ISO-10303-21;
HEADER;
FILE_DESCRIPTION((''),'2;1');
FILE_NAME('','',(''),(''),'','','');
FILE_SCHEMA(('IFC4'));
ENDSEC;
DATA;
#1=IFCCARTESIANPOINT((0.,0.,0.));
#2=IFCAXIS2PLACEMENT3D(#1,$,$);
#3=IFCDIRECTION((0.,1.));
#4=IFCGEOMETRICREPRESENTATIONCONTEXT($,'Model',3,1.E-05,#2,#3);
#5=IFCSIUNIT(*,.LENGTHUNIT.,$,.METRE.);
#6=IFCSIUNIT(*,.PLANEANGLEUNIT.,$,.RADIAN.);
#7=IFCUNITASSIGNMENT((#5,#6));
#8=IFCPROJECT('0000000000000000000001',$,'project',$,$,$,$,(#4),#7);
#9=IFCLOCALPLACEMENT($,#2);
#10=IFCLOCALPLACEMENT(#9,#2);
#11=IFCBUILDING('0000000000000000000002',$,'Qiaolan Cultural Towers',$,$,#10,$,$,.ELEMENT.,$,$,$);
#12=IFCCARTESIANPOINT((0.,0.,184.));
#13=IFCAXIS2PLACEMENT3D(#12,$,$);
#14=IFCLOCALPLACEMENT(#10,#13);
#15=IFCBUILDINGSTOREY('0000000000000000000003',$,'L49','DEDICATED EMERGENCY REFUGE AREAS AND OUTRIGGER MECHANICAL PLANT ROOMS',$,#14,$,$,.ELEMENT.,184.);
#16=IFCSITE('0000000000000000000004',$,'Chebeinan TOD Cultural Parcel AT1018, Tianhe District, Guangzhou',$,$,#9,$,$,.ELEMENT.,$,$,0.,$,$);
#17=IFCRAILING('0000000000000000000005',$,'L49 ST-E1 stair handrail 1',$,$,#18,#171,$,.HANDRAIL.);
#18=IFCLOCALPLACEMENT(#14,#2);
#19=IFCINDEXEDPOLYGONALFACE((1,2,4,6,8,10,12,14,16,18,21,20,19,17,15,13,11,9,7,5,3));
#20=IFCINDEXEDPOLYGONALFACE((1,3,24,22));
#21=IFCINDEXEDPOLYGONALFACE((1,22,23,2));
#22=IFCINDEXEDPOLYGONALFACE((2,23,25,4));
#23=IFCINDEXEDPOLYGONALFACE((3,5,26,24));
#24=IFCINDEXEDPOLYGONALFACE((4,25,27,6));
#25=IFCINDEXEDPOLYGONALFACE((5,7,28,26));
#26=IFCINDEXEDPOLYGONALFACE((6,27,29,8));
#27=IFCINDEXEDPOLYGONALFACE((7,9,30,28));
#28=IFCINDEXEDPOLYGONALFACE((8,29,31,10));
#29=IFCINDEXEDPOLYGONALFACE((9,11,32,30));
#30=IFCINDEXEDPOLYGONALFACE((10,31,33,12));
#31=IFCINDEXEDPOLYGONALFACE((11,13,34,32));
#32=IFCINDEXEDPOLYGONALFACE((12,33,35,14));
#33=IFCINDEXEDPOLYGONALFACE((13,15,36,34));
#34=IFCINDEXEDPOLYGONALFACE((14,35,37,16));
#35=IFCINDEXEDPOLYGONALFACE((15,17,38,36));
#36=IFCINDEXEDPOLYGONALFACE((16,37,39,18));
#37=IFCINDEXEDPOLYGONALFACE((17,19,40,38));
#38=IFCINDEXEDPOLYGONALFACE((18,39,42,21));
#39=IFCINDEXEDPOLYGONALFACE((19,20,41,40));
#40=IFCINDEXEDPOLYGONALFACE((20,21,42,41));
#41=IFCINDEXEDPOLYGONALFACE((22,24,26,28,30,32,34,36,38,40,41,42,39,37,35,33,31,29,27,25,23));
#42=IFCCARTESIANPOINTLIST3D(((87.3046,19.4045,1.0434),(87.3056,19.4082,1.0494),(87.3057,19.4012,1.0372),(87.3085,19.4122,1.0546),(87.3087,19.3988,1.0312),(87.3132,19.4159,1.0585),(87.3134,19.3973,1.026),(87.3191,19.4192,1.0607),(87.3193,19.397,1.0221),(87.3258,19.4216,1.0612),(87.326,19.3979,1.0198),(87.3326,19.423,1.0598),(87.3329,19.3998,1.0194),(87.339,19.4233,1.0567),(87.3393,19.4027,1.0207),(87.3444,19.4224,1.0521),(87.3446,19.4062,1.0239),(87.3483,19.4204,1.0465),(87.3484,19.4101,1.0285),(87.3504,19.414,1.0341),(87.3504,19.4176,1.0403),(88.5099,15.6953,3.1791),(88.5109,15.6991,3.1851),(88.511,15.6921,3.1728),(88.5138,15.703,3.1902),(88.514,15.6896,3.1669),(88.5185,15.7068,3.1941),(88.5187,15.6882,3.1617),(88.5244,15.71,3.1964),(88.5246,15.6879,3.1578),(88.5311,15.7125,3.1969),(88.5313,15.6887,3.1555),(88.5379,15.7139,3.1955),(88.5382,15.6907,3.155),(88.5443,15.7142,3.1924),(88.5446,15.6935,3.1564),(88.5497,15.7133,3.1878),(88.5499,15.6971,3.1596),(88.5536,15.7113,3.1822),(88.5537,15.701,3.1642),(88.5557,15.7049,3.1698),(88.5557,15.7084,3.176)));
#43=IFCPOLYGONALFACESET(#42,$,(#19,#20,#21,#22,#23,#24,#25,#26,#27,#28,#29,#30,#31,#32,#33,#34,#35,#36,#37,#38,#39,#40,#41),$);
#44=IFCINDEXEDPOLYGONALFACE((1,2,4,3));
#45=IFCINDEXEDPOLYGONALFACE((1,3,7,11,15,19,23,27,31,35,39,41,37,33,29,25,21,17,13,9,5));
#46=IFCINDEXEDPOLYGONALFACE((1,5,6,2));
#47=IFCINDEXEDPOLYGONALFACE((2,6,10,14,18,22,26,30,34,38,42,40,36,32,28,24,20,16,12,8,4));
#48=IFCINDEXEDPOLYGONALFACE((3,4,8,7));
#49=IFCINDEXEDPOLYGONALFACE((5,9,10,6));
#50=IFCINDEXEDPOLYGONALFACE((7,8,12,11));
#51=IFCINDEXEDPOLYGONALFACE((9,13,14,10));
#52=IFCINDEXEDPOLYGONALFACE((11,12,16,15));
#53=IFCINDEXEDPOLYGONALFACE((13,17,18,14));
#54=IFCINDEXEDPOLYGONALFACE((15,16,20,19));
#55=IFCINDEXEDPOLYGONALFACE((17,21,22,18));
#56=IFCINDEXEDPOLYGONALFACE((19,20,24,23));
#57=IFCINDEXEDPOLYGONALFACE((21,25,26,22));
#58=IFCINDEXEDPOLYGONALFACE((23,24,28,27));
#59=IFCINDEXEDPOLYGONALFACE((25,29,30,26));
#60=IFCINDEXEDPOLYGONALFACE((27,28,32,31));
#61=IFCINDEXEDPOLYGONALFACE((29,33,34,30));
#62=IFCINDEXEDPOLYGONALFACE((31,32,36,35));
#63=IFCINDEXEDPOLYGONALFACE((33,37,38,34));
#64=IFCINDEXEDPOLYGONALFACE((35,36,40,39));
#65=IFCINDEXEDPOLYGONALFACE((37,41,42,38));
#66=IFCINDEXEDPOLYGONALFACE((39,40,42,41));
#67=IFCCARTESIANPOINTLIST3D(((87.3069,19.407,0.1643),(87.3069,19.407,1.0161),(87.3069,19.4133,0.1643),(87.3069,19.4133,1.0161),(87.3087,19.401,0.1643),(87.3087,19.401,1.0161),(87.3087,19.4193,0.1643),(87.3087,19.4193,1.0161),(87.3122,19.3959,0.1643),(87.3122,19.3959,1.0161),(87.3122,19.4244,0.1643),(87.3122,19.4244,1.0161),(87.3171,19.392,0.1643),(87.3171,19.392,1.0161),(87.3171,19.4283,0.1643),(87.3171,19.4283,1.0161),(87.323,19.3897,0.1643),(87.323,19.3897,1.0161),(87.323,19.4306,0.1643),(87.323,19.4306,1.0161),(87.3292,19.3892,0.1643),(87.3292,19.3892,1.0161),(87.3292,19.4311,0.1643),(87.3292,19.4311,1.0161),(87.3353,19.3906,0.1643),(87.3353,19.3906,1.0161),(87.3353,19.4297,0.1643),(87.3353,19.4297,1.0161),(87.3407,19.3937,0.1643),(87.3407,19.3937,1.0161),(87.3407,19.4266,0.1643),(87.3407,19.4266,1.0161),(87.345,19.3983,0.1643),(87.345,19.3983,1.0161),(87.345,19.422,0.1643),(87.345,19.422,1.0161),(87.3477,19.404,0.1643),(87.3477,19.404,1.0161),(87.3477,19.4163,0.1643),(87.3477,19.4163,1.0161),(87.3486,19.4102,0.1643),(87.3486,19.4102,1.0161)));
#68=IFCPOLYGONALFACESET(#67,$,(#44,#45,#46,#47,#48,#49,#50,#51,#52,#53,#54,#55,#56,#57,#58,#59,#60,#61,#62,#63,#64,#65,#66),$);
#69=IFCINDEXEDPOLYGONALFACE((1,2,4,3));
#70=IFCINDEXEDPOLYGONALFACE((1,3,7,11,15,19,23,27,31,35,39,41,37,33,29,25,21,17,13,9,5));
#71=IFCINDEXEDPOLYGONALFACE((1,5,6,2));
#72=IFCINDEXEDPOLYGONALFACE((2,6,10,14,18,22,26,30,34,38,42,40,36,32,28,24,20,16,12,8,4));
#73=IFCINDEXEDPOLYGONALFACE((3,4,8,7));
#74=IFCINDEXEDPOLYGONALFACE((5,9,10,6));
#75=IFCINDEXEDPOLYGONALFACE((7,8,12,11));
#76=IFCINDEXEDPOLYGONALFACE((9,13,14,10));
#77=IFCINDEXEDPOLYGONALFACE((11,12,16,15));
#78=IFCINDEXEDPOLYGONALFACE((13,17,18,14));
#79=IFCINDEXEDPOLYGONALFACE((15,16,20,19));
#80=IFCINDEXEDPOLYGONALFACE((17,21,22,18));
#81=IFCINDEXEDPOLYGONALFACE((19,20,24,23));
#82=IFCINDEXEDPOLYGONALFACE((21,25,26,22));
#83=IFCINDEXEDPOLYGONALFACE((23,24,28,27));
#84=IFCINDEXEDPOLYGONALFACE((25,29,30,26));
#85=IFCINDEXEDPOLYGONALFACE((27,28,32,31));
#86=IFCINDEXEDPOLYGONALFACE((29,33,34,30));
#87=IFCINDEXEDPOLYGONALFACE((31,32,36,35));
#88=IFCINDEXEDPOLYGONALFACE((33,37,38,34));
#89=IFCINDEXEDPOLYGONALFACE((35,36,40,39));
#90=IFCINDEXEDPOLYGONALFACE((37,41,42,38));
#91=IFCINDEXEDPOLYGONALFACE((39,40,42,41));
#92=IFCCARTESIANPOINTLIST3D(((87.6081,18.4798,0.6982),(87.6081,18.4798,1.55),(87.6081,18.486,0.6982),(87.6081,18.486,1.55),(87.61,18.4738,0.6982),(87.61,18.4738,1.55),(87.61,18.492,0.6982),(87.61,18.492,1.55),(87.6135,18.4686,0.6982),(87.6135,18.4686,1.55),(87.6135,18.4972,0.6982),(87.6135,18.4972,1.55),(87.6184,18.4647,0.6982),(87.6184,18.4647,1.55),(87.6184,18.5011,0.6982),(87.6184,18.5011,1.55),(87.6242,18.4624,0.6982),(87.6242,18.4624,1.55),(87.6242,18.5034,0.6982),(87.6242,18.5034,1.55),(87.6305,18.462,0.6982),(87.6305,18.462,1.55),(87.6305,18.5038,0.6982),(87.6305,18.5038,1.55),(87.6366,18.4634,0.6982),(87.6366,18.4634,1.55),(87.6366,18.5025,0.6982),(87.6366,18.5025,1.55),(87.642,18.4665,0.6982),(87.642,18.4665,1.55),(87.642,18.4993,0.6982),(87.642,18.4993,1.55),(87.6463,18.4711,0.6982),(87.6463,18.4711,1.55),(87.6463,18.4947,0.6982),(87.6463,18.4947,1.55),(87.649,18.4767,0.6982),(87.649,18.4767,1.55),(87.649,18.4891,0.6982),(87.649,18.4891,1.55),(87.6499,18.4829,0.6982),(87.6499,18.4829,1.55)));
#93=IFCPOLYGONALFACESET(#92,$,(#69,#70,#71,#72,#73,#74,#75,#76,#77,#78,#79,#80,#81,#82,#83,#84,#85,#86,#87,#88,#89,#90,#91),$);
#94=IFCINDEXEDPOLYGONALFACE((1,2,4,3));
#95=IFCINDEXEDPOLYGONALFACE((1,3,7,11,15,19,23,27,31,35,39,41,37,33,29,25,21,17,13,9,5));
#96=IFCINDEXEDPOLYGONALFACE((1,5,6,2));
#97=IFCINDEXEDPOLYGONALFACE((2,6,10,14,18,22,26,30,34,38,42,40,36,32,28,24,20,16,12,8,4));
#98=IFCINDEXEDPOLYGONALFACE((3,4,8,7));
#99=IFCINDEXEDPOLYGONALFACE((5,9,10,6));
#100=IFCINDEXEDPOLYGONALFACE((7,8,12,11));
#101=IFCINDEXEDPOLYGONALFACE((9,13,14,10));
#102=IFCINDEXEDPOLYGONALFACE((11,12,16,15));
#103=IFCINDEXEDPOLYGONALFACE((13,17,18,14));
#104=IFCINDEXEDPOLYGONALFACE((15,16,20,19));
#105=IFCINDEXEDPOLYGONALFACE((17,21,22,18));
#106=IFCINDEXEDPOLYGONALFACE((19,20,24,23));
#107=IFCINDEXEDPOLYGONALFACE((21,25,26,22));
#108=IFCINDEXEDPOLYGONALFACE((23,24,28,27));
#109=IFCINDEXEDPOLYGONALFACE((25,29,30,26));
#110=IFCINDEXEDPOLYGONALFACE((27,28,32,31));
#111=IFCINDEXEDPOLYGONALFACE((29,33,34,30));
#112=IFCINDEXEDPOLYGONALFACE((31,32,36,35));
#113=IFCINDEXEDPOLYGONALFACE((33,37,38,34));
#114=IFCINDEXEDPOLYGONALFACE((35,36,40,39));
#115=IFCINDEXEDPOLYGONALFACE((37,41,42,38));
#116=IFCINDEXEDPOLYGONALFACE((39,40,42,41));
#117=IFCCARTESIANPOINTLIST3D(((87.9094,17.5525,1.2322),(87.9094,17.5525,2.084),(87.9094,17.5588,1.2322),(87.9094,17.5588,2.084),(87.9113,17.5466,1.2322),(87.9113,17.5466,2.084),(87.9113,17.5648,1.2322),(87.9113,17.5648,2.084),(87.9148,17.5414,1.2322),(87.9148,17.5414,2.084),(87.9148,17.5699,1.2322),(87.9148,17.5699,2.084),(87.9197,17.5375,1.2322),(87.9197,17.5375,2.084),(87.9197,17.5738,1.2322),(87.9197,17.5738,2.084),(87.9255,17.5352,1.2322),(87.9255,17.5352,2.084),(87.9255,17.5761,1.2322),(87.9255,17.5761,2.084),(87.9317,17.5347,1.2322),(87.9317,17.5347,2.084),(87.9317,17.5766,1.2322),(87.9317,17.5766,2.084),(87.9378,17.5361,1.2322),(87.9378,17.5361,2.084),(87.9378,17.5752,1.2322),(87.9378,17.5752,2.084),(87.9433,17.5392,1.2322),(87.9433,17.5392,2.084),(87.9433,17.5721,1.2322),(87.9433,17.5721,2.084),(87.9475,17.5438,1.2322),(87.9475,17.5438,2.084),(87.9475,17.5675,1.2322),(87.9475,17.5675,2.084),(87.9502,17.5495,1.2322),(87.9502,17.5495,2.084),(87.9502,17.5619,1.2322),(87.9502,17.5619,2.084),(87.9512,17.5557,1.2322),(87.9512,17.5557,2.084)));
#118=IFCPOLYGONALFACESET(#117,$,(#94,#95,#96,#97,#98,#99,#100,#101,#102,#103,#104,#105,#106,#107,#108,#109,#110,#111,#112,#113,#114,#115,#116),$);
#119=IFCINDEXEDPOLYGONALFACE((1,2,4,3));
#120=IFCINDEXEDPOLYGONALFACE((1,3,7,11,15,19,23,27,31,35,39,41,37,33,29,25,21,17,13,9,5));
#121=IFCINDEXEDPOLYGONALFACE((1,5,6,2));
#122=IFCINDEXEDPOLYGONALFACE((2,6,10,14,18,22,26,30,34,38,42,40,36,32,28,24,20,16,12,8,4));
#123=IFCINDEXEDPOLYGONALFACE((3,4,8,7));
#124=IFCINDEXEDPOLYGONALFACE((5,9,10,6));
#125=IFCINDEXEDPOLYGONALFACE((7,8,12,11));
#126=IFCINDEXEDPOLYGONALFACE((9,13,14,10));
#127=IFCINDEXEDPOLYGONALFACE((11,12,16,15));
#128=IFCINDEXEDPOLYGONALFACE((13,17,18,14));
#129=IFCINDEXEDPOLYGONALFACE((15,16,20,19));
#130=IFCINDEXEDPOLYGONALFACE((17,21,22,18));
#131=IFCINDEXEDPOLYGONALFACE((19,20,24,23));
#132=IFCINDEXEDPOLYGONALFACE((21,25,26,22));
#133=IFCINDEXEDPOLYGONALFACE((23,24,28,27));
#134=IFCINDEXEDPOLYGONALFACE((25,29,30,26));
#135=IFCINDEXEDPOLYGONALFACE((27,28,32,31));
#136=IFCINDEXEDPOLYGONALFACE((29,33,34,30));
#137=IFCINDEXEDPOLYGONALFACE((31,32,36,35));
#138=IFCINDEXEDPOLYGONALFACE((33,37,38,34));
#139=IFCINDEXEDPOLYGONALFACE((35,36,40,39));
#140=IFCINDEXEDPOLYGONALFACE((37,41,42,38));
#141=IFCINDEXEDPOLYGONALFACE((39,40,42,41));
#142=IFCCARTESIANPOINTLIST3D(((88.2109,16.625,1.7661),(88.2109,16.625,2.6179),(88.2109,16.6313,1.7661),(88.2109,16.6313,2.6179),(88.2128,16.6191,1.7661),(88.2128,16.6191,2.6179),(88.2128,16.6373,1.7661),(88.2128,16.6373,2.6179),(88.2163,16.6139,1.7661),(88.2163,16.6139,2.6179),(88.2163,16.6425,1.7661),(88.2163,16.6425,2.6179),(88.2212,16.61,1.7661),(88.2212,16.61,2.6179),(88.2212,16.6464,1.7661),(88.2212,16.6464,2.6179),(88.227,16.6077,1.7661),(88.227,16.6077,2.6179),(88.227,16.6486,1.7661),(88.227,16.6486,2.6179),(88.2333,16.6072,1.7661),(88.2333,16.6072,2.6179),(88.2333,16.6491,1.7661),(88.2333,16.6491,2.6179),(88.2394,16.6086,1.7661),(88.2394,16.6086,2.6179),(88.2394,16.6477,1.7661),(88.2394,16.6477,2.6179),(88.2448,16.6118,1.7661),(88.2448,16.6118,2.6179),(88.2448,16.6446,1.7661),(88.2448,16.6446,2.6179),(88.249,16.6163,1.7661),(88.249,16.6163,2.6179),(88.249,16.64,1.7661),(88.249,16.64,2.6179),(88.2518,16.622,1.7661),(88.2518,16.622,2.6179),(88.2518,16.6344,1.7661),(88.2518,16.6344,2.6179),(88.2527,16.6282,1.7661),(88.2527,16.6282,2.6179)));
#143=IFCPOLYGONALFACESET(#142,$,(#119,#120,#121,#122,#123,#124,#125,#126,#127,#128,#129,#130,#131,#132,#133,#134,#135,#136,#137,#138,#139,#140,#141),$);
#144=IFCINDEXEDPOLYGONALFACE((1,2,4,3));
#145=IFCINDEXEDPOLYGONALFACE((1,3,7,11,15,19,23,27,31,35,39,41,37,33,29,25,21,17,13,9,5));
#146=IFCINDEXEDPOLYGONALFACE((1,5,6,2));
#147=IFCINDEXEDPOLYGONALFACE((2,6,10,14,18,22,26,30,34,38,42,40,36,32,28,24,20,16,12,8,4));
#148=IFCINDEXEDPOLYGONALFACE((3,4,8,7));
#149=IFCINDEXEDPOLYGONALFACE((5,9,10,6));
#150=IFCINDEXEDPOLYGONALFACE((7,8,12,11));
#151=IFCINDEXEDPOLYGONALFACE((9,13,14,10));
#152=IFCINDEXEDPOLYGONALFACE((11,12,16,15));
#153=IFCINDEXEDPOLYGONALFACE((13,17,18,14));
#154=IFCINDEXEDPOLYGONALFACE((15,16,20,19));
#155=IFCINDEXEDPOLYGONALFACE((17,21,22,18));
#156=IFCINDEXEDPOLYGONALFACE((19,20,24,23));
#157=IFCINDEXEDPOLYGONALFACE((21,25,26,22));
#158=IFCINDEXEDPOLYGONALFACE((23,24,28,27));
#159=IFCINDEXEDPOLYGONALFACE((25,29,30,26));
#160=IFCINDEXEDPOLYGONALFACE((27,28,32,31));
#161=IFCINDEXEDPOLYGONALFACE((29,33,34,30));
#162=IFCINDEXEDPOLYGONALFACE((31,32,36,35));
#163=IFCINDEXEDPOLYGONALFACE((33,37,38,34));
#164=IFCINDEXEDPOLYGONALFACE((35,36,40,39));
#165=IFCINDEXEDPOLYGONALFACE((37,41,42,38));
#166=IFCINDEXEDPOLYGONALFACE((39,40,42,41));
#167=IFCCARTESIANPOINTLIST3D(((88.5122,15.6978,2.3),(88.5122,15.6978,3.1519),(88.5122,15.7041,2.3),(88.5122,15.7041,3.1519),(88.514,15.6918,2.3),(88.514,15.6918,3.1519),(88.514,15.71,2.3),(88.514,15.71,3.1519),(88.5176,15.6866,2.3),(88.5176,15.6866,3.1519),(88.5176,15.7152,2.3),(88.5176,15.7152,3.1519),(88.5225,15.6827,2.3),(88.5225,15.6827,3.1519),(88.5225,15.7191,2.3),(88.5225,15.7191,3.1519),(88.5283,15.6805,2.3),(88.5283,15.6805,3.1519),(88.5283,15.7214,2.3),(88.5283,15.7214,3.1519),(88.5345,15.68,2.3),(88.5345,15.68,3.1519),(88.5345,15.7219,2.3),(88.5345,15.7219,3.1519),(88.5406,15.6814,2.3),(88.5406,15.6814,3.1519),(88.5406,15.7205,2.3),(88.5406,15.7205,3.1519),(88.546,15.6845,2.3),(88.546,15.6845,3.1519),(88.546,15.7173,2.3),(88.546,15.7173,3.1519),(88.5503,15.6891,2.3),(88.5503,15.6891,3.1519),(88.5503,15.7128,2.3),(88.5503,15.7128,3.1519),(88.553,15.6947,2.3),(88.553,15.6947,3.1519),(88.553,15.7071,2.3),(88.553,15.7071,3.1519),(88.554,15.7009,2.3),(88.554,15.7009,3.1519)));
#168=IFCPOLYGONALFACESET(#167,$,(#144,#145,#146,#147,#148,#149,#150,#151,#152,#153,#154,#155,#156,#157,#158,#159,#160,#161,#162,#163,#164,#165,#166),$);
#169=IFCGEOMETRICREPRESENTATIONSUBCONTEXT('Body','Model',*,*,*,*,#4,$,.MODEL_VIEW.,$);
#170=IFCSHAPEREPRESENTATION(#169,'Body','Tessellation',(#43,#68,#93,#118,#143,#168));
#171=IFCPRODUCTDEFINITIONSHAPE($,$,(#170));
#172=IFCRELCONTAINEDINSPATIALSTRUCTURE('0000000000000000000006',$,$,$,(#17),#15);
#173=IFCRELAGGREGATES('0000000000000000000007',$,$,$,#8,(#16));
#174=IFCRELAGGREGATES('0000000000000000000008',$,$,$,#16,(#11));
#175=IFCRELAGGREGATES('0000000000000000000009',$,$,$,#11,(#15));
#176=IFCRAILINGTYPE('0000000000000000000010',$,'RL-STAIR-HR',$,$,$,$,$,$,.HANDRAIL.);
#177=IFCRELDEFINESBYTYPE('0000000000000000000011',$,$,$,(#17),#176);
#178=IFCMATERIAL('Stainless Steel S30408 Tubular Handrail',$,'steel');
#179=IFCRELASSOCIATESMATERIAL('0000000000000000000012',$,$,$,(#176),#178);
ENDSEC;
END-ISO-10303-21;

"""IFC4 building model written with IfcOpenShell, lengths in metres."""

from ifc_helpers import new_model, si_unit, direction, frame, origin, origin_2d, place, context, subcontext, project, spatial, circle, extrude, material, type_object, element, save


model = new_model("IFC4")

# Units and contexts
model_context = context("Model", 3, precision=1e-05, world=origin(), true_north=direction((0.0, 1.0)))
body_context = subcontext(model_context, "Body", "Model", "MODEL_VIEW")
ifc_project = project(units=[si_unit("LENGTHUNIT", "METRE"), si_unit("PLANEANGLEUNIT", "RADIAN")], contexts=[model_context])

# Site, building, storey
site_placement = place(None, origin())
site = spatial("IfcSite", under=ifc_project, at=site_placement, Name="Chebeinan TOD Cultural Parcel AT1018, Tianhe District, Guangzhou", CompositionType="ELEMENT", RefElevation=0.0)
building_placement = place(site_placement, origin())
building = spatial("IfcBuilding", under=site, at=building_placement, Name="Qiaolan Cultural Towers", CompositionType="ELEMENT")
storey_placement = place(building_placement, frame((0.0, 0.0, 184.0)))
storey = spatial("IfcBuildingStorey", under=building, at=storey_placement, Name="L49", Description="DEDICATED EMERGENCY REFUGE AREAS AND OUTRIGGER MECHANICAL PLANT ROOMS", CompositionType="ELEMENT", Elevation=184.0)

# Railing
ifc_material_1 = material(Name="Stainless Steel S30408 Tubular Handrail", Category="steel")
railing_type_1 = type_object("IfcRailingType", Name="RL-STAIR-HR", PredefinedType="HANDRAIL", material=ifc_material_1)
railing_1_placement = place(storey_placement, frame((87.3276, 19.4102, 0.1643)))
element("IfcRailing", 1, at=railing_1_placement, inside=storey, type_object=railing_type_1, Name="L49 ST-E1 stair handrail 1", PredefinedType="HANDRAIL", context=body_context, shape_type="SweptSolid", body=[
    extrude(circle(Radius=0.0239, at=origin_2d()), frame((0.0, 0.0, 0.876), z_axis=(0.271064, -0.834165, 0.480305), x_axis=(0.951047, 0.309045, 0.0)), (0.0, 0.0, 1.0), 4.4465),
    extrude(circle(Radius=0.021, at=origin_2d()), origin(), (0.0, 0.0, 1.0), 0.8518),
    extrude(circle(Radius=0.021, at=origin_2d()), frame((0.3013, -0.9272, 0.5339)), (0.0, 0.0, 1.0), 0.8518),
    extrude(circle(Radius=0.021, at=origin_2d()), frame((0.6025, -1.8545, 1.0679)), (0.0, 0.0, 1.0), 0.8518),
    extrude(circle(Radius=0.021, at=origin_2d()), frame((0.9041, -2.782, 1.6018)), (0.0, 0.0, 1.0), 0.8518),
    extrude(circle(Radius=0.021, at=origin_2d()), frame((1.2053, -3.7092, 2.1357)), (0.0, 0.0, 1.0), 0.8518),
])

save(model, "model.ifc")
